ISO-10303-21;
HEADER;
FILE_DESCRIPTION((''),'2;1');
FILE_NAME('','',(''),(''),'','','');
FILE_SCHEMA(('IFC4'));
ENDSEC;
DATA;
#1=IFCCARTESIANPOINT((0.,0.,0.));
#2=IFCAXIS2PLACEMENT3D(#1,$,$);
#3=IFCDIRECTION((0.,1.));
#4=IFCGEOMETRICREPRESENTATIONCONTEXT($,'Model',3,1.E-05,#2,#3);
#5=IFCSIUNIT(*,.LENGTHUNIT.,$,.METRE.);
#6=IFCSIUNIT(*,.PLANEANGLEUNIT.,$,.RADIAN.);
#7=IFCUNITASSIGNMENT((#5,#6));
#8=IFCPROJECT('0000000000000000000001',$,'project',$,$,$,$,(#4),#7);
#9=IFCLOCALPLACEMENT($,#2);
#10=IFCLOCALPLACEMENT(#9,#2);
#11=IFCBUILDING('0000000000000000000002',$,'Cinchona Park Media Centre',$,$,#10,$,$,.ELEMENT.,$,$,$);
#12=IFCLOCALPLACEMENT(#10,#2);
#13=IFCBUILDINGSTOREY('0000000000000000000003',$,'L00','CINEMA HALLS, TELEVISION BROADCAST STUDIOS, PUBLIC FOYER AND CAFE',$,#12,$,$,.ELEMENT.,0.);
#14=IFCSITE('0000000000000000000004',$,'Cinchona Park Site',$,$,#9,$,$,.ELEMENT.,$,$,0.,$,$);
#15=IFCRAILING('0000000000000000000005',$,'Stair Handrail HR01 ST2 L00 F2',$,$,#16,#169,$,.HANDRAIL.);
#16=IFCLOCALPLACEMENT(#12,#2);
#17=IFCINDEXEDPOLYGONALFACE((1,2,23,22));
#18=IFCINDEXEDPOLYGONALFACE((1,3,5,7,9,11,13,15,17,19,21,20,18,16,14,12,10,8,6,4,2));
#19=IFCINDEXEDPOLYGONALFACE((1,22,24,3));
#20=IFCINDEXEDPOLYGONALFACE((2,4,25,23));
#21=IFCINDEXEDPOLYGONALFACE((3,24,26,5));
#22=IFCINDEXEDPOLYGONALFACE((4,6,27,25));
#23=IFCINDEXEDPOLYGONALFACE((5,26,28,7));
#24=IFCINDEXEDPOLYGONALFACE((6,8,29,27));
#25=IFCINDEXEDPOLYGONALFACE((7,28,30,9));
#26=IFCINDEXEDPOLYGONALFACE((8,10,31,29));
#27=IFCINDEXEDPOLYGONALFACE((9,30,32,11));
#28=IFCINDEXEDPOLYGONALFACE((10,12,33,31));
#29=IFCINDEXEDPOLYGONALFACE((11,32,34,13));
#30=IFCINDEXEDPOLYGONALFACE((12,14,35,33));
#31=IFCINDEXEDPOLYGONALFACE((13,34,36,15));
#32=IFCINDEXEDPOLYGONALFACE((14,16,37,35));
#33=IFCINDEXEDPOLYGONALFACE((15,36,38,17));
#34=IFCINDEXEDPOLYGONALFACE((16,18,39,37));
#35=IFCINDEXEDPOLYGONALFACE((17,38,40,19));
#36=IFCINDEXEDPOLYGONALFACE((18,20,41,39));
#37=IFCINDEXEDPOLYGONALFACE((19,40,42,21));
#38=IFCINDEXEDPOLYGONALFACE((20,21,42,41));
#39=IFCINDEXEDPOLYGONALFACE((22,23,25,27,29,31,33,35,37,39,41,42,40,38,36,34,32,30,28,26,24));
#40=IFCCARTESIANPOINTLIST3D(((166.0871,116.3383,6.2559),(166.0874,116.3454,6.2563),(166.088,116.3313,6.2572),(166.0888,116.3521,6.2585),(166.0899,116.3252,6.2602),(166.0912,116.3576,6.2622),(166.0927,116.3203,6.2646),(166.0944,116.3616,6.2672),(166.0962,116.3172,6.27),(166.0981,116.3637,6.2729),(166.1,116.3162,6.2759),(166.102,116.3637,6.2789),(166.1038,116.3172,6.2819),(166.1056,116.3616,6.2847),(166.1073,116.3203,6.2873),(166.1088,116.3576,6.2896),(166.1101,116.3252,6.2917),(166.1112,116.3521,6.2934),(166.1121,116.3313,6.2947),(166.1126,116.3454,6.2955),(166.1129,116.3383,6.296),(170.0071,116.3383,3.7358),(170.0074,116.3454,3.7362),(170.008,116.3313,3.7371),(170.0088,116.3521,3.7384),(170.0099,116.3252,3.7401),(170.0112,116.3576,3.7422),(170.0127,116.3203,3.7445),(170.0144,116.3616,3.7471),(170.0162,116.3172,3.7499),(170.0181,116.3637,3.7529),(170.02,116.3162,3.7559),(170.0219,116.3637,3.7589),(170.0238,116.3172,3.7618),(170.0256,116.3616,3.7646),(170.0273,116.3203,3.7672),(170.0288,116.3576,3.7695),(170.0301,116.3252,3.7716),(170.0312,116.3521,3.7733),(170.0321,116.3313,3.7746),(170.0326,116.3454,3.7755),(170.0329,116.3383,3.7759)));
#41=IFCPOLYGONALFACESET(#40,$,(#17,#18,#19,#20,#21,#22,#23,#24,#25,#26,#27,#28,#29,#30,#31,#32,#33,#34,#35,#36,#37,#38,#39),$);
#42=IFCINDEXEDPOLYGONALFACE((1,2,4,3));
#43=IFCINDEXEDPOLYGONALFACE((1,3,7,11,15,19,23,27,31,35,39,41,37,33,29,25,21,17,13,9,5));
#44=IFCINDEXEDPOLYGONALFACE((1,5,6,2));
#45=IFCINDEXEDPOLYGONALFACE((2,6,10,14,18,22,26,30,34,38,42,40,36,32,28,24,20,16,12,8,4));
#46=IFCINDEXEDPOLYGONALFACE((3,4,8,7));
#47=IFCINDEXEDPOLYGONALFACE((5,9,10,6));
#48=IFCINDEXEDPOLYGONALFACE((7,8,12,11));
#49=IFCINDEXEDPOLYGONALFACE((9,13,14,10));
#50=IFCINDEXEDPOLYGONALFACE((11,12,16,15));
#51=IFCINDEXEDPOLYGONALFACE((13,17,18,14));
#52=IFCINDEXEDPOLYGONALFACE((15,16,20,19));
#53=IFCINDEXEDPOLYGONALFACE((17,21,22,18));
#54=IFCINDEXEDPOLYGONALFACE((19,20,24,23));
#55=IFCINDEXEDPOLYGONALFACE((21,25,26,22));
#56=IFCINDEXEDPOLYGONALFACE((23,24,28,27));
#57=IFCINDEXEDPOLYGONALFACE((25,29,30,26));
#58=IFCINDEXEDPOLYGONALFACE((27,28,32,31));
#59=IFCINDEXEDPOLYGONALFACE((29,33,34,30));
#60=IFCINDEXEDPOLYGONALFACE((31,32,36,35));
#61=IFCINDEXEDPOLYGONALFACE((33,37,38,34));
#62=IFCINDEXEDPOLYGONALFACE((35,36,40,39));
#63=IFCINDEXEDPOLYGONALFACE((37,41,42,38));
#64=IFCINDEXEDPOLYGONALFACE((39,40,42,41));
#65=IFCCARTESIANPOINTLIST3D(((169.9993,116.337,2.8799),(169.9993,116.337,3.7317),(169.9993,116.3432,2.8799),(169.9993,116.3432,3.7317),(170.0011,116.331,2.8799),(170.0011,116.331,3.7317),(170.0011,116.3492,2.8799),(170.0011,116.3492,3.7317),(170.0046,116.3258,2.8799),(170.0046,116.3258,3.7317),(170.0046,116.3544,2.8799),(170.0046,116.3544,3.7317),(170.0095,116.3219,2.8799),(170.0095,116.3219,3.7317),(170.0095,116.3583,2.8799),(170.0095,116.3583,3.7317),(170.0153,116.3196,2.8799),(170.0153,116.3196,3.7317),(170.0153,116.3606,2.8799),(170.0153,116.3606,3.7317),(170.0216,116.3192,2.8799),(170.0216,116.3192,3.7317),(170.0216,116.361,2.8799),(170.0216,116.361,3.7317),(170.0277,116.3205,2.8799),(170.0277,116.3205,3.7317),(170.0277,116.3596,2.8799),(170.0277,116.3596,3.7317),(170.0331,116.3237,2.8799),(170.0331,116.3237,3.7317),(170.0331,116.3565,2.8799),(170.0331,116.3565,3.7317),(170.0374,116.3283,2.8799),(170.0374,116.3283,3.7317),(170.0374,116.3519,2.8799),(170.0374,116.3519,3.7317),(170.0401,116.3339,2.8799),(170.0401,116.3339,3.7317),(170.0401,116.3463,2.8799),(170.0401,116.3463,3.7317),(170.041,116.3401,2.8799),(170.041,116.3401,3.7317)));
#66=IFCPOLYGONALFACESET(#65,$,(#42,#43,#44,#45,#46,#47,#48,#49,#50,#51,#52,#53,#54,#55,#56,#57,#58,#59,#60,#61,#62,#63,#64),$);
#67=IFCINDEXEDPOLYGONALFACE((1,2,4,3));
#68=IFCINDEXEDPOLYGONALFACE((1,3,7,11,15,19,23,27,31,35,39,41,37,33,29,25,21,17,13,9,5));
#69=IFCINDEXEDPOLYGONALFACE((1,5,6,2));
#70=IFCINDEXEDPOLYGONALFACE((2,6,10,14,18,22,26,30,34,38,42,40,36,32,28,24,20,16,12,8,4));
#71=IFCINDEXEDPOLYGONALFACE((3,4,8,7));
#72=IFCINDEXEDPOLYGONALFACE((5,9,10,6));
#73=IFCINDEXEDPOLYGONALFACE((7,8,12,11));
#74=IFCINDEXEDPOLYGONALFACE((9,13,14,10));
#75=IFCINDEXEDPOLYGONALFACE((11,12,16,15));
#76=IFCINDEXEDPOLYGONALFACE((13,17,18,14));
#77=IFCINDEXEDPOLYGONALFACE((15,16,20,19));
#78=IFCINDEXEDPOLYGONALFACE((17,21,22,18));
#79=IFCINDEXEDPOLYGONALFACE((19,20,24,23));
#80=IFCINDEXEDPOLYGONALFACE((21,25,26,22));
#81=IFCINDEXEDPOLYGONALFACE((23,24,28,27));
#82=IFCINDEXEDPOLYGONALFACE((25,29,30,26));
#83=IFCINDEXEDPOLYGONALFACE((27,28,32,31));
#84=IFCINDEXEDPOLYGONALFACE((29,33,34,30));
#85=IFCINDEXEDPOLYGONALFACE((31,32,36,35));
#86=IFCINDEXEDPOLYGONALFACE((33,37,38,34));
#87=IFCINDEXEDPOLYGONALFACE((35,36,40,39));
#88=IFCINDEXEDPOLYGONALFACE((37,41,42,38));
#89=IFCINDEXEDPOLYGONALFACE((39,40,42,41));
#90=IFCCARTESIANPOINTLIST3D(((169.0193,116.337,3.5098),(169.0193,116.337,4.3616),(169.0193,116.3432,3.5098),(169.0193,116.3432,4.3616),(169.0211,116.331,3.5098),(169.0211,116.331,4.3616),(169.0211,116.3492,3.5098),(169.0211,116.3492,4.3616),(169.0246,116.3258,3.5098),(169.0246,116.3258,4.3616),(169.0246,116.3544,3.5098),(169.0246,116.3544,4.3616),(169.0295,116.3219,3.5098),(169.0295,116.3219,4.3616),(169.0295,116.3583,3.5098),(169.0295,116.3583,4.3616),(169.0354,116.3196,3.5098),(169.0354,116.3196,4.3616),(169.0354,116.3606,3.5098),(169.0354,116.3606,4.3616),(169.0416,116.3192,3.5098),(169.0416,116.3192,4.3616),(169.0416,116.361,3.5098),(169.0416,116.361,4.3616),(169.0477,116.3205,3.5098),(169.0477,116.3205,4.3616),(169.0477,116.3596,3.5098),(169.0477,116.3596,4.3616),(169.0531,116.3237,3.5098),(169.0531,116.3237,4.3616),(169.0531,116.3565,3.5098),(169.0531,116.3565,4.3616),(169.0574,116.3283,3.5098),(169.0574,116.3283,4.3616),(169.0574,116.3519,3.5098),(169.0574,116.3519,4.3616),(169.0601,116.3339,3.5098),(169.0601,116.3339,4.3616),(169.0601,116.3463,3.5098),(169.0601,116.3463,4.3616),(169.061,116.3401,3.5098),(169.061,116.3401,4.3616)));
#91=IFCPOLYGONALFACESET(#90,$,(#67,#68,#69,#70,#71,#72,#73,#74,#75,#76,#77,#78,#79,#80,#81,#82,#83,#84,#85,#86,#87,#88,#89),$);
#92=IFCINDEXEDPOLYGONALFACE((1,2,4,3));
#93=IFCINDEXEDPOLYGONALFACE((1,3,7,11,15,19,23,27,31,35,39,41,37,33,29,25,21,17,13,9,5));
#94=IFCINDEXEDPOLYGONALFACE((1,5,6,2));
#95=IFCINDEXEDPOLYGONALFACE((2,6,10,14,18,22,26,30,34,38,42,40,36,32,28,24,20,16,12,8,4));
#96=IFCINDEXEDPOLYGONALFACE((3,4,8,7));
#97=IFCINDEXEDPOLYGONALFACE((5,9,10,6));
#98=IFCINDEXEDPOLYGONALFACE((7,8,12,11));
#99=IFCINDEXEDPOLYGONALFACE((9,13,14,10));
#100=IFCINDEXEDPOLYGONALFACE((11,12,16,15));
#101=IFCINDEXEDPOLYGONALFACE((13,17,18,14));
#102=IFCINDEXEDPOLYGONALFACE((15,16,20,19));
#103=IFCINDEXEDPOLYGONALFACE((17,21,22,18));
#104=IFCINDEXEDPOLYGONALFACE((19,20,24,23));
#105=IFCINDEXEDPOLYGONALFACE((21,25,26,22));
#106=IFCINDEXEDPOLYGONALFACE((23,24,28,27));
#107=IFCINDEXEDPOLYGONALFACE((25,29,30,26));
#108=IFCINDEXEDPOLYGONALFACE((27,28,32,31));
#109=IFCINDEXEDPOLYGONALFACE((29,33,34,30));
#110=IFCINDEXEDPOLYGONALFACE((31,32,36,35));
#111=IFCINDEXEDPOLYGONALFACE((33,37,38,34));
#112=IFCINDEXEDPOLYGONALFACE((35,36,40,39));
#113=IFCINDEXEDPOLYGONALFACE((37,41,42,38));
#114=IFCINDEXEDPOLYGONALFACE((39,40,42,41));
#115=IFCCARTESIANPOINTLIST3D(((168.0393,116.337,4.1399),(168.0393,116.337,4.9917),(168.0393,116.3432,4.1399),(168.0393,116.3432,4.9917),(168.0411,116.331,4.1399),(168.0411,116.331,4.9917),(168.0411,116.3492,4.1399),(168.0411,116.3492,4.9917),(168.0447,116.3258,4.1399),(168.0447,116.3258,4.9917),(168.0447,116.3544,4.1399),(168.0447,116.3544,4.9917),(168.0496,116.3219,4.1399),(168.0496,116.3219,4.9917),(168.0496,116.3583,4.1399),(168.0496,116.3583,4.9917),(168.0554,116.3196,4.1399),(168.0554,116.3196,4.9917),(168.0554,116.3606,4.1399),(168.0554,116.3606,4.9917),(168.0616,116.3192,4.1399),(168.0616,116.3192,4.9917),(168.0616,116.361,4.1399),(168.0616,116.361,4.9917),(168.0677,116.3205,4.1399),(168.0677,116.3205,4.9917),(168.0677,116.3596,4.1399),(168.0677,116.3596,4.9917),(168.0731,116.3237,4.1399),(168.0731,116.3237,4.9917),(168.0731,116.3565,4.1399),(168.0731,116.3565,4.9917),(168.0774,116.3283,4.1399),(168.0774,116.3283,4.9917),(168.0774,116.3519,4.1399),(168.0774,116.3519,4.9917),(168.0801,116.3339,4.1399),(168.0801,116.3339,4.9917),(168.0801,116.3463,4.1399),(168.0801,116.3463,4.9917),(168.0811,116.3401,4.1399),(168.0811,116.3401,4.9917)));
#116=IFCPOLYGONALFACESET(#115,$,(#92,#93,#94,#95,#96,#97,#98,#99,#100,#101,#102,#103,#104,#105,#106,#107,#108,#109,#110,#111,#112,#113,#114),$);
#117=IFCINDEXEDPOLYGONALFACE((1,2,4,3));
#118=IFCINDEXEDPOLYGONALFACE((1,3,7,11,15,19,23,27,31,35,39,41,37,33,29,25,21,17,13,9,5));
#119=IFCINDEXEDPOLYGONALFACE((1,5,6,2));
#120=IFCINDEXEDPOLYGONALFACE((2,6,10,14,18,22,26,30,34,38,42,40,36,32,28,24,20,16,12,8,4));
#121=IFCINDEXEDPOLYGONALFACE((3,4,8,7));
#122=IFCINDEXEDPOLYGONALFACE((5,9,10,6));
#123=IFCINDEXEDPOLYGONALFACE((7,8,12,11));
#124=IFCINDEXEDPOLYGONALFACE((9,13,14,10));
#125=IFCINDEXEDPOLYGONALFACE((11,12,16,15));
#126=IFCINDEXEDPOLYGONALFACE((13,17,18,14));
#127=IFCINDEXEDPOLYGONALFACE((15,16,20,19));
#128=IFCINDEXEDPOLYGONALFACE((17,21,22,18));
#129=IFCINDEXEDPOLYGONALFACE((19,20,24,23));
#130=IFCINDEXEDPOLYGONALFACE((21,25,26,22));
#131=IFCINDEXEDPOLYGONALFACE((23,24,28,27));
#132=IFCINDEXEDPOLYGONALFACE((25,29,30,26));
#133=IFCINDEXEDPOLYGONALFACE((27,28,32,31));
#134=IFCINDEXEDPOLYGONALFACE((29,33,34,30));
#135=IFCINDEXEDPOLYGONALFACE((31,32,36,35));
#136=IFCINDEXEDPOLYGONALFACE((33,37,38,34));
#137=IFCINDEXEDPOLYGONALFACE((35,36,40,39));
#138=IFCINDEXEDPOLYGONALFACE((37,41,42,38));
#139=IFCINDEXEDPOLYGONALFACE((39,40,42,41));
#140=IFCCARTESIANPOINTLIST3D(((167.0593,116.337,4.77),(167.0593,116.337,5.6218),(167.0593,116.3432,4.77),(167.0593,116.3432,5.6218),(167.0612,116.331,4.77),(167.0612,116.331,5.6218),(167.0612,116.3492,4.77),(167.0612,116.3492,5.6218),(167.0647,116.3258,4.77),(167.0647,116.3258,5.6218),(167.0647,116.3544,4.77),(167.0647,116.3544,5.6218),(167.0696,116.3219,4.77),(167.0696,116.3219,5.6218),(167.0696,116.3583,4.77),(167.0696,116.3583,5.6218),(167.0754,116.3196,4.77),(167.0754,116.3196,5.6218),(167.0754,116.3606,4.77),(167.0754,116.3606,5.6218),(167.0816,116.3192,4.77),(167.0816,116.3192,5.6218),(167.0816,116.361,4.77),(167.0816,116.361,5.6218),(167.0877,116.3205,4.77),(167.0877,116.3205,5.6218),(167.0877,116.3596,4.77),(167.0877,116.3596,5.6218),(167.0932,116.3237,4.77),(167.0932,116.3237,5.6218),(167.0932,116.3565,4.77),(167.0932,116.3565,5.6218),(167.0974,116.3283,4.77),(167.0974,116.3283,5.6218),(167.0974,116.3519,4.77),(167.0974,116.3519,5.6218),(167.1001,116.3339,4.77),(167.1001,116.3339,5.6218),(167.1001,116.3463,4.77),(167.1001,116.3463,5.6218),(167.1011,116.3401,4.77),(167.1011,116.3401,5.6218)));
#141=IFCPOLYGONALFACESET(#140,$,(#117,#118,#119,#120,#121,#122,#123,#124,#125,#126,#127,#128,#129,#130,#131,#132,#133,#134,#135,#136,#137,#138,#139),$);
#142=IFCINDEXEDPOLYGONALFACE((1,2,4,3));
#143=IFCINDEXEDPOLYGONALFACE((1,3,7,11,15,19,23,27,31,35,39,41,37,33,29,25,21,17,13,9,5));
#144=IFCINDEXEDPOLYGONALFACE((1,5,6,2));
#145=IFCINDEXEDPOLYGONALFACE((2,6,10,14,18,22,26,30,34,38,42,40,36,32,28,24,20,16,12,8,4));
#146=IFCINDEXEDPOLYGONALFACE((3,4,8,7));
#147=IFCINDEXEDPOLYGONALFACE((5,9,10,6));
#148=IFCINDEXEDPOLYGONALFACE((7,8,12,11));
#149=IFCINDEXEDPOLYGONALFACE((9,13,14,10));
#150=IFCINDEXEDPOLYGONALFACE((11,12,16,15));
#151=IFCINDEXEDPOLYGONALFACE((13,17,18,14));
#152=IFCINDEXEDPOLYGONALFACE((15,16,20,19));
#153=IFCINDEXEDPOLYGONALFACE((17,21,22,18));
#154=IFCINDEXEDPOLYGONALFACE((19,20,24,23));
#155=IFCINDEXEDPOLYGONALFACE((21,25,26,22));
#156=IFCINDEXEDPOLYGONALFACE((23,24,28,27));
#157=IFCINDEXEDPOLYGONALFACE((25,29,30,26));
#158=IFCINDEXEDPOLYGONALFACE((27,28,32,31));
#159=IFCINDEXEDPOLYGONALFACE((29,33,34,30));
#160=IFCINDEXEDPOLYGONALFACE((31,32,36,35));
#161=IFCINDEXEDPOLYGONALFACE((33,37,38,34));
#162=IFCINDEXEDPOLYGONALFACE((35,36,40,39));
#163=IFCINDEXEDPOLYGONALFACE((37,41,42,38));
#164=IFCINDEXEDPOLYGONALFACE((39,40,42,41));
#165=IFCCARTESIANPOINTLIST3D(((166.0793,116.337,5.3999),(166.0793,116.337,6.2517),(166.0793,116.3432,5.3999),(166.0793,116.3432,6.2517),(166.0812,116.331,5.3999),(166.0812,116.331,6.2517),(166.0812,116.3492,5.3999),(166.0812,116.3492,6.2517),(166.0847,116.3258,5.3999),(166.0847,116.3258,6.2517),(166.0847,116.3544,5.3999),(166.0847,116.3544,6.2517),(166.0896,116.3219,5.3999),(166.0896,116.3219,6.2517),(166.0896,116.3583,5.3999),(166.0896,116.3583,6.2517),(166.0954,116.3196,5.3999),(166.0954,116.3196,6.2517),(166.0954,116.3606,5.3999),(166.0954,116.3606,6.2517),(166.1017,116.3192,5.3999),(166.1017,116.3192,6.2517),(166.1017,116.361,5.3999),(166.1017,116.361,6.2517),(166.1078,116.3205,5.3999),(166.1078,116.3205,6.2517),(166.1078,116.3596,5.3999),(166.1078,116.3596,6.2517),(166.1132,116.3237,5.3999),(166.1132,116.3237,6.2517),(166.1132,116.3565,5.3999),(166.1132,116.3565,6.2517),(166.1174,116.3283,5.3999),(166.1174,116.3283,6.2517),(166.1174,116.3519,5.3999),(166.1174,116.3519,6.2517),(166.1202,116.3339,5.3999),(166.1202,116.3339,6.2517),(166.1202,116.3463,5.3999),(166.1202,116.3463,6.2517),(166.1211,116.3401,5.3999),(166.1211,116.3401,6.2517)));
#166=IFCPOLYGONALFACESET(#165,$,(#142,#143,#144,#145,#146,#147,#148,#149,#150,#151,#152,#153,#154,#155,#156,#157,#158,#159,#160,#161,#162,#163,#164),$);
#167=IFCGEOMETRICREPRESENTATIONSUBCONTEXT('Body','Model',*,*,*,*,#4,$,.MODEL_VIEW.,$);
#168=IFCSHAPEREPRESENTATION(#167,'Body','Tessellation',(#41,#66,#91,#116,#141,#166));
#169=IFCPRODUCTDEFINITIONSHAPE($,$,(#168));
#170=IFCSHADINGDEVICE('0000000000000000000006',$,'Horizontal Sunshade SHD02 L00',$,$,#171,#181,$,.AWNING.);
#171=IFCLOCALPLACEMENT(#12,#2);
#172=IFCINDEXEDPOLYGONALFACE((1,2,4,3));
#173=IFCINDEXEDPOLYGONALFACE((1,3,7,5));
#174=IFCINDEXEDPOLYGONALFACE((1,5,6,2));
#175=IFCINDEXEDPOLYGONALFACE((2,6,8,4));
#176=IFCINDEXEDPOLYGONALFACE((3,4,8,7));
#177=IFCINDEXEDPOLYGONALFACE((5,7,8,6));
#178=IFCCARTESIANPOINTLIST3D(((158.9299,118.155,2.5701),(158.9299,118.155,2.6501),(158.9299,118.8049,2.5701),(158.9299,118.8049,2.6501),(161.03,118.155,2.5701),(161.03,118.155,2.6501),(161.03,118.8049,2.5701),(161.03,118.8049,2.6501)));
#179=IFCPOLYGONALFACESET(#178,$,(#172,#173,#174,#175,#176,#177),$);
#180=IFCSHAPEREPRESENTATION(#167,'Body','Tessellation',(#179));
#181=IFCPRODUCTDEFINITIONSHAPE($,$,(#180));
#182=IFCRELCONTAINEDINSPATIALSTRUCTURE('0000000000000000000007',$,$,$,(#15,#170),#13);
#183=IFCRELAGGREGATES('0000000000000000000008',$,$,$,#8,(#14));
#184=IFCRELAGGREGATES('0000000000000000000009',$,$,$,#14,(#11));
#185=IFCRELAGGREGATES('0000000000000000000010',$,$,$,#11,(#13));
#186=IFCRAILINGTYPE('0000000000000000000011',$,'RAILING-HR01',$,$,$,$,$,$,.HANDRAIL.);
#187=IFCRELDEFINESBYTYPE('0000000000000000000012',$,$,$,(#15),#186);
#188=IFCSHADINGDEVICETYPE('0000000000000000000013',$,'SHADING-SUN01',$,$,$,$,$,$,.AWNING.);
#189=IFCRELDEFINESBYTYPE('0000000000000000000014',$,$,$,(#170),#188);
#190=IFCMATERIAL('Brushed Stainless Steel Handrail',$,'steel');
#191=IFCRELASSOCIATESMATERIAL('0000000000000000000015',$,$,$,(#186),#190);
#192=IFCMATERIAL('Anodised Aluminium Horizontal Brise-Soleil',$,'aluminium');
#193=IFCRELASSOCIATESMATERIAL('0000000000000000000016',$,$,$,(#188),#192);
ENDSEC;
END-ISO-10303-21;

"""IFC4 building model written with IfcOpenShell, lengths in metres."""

from ifc_helpers import new_model, si_unit, direction, frame, origin, origin_2d, place, context, subcontext, project, spatial, rectangle, circle, extrude, material, type_object, element, save


model = new_model("IFC4")

# Units and contexts
model_context = context("Model", 3, precision=1e-05, world=origin(), true_north=direction((0.0, 1.0)))
body_context = subcontext(model_context, "Body", "Model", "MODEL_VIEW")
ifc_project = project(units=[si_unit("LENGTHUNIT", "METRE"), si_unit("PLANEANGLEUNIT", "RADIAN")], contexts=[model_context])

# Site, building, storey
site_placement = place(None, origin())
site = spatial("IfcSite", under=ifc_project, at=site_placement, Name="Cinchona Park Site", CompositionType="ELEMENT", RefElevation=0.0)
building_placement = place(site_placement, origin())
building = spatial("IfcBuilding", under=site, at=building_placement, Name="Cinchona Park Media Centre", CompositionType="ELEMENT")
storey_placement = place(building_placement, origin())
storey = spatial("IfcBuildingStorey", under=building, at=storey_placement, Name="L00", Description="CINEMA HALLS, TELEVISION BROADCAST STUDIOS, PUBLIC FOYER AND CAFE", CompositionType="ELEMENT", Elevation=0.0)

# Railing
ifc_material_1 = material(Name="Brushed Stainless Steel Handrail", Category="steel")
railing_type_1 = type_object("IfcRailingType", Name="RAILING-HR01", PredefinedType="HANDRAIL", material=ifc_material_1)
railing_1_placement = place(storey_placement, frame((170.02, 116.3401, 2.8799)))
element("IfcRailing", 1, at=railing_1_placement, inside=storey, type_object=railing_type_1, Name="Stair Handrail HR01 ST2 L00 F2", PredefinedType="HANDRAIL", context=body_context, shape_type="SweptSolid", body=[
    extrude(circle(Radius=0.0239, at=origin_2d()), frame((0.0, 0.0, 0.876), z_axis=(-0.841172, 0.0, 0.540768), x_axis=(0.0, -1.0, 0.0)), (0.0, 0.0, 1.0), 4.6602),
    extrude(circle(Radius=0.021, at=origin_2d()), origin(), (0.0, 0.0, 1.0), 0.8518),
    extrude(circle(Radius=0.021, at=origin_2d()), frame((-0.98, 0.0, 0.6299)), (0.0, 0.0, 1.0), 0.8518),
    extrude(circle(Radius=0.021, at=origin_2d()), frame((-1.96, 0.0, 1.26)), (0.0, 0.0, 1.0), 0.8518),
    extrude(circle(Radius=0.021, at=origin_2d()), frame((-2.9399, 0.0, 1.8901)), (0.0, 0.0, 1.0), 0.8518),
    extrude(circle(Radius=0.021, at=origin_2d()), frame((-3.9199, 0.0, 2.52)), (0.0, 0.0, 1.0), 0.8518),
])

# Shading device
ifc_material_2 = material(Name="Anodised Aluminium Horizontal Brise-Soleil", Category="aluminium")
shading_device_type = type_object("IfcShadingDeviceType", Name="SHADING-SUN01", PredefinedType="AWNING", material=ifc_material_2)
shading_device_placement = place(storey_placement, frame((159.98, 118.48, 2.5701), z_axis=(0.0, 0.0, 1.0), x_axis=(1.0, 0.0, 0.0)))
element("IfcShadingDevice", 2, at=shading_device_placement, inside=storey, type_object=shading_device_type, Name="Horizontal Sunshade SHD02 L00", PredefinedType="AWNING", context=body_context, shape_type="SweptSolid", body=[
    extrude(rectangle(XDim=2.1001, YDim=0.6499, at=origin_2d()), origin(), (0.0, 0.0, 1.0), 0.0801),
])

save(model, "model.ifc")
